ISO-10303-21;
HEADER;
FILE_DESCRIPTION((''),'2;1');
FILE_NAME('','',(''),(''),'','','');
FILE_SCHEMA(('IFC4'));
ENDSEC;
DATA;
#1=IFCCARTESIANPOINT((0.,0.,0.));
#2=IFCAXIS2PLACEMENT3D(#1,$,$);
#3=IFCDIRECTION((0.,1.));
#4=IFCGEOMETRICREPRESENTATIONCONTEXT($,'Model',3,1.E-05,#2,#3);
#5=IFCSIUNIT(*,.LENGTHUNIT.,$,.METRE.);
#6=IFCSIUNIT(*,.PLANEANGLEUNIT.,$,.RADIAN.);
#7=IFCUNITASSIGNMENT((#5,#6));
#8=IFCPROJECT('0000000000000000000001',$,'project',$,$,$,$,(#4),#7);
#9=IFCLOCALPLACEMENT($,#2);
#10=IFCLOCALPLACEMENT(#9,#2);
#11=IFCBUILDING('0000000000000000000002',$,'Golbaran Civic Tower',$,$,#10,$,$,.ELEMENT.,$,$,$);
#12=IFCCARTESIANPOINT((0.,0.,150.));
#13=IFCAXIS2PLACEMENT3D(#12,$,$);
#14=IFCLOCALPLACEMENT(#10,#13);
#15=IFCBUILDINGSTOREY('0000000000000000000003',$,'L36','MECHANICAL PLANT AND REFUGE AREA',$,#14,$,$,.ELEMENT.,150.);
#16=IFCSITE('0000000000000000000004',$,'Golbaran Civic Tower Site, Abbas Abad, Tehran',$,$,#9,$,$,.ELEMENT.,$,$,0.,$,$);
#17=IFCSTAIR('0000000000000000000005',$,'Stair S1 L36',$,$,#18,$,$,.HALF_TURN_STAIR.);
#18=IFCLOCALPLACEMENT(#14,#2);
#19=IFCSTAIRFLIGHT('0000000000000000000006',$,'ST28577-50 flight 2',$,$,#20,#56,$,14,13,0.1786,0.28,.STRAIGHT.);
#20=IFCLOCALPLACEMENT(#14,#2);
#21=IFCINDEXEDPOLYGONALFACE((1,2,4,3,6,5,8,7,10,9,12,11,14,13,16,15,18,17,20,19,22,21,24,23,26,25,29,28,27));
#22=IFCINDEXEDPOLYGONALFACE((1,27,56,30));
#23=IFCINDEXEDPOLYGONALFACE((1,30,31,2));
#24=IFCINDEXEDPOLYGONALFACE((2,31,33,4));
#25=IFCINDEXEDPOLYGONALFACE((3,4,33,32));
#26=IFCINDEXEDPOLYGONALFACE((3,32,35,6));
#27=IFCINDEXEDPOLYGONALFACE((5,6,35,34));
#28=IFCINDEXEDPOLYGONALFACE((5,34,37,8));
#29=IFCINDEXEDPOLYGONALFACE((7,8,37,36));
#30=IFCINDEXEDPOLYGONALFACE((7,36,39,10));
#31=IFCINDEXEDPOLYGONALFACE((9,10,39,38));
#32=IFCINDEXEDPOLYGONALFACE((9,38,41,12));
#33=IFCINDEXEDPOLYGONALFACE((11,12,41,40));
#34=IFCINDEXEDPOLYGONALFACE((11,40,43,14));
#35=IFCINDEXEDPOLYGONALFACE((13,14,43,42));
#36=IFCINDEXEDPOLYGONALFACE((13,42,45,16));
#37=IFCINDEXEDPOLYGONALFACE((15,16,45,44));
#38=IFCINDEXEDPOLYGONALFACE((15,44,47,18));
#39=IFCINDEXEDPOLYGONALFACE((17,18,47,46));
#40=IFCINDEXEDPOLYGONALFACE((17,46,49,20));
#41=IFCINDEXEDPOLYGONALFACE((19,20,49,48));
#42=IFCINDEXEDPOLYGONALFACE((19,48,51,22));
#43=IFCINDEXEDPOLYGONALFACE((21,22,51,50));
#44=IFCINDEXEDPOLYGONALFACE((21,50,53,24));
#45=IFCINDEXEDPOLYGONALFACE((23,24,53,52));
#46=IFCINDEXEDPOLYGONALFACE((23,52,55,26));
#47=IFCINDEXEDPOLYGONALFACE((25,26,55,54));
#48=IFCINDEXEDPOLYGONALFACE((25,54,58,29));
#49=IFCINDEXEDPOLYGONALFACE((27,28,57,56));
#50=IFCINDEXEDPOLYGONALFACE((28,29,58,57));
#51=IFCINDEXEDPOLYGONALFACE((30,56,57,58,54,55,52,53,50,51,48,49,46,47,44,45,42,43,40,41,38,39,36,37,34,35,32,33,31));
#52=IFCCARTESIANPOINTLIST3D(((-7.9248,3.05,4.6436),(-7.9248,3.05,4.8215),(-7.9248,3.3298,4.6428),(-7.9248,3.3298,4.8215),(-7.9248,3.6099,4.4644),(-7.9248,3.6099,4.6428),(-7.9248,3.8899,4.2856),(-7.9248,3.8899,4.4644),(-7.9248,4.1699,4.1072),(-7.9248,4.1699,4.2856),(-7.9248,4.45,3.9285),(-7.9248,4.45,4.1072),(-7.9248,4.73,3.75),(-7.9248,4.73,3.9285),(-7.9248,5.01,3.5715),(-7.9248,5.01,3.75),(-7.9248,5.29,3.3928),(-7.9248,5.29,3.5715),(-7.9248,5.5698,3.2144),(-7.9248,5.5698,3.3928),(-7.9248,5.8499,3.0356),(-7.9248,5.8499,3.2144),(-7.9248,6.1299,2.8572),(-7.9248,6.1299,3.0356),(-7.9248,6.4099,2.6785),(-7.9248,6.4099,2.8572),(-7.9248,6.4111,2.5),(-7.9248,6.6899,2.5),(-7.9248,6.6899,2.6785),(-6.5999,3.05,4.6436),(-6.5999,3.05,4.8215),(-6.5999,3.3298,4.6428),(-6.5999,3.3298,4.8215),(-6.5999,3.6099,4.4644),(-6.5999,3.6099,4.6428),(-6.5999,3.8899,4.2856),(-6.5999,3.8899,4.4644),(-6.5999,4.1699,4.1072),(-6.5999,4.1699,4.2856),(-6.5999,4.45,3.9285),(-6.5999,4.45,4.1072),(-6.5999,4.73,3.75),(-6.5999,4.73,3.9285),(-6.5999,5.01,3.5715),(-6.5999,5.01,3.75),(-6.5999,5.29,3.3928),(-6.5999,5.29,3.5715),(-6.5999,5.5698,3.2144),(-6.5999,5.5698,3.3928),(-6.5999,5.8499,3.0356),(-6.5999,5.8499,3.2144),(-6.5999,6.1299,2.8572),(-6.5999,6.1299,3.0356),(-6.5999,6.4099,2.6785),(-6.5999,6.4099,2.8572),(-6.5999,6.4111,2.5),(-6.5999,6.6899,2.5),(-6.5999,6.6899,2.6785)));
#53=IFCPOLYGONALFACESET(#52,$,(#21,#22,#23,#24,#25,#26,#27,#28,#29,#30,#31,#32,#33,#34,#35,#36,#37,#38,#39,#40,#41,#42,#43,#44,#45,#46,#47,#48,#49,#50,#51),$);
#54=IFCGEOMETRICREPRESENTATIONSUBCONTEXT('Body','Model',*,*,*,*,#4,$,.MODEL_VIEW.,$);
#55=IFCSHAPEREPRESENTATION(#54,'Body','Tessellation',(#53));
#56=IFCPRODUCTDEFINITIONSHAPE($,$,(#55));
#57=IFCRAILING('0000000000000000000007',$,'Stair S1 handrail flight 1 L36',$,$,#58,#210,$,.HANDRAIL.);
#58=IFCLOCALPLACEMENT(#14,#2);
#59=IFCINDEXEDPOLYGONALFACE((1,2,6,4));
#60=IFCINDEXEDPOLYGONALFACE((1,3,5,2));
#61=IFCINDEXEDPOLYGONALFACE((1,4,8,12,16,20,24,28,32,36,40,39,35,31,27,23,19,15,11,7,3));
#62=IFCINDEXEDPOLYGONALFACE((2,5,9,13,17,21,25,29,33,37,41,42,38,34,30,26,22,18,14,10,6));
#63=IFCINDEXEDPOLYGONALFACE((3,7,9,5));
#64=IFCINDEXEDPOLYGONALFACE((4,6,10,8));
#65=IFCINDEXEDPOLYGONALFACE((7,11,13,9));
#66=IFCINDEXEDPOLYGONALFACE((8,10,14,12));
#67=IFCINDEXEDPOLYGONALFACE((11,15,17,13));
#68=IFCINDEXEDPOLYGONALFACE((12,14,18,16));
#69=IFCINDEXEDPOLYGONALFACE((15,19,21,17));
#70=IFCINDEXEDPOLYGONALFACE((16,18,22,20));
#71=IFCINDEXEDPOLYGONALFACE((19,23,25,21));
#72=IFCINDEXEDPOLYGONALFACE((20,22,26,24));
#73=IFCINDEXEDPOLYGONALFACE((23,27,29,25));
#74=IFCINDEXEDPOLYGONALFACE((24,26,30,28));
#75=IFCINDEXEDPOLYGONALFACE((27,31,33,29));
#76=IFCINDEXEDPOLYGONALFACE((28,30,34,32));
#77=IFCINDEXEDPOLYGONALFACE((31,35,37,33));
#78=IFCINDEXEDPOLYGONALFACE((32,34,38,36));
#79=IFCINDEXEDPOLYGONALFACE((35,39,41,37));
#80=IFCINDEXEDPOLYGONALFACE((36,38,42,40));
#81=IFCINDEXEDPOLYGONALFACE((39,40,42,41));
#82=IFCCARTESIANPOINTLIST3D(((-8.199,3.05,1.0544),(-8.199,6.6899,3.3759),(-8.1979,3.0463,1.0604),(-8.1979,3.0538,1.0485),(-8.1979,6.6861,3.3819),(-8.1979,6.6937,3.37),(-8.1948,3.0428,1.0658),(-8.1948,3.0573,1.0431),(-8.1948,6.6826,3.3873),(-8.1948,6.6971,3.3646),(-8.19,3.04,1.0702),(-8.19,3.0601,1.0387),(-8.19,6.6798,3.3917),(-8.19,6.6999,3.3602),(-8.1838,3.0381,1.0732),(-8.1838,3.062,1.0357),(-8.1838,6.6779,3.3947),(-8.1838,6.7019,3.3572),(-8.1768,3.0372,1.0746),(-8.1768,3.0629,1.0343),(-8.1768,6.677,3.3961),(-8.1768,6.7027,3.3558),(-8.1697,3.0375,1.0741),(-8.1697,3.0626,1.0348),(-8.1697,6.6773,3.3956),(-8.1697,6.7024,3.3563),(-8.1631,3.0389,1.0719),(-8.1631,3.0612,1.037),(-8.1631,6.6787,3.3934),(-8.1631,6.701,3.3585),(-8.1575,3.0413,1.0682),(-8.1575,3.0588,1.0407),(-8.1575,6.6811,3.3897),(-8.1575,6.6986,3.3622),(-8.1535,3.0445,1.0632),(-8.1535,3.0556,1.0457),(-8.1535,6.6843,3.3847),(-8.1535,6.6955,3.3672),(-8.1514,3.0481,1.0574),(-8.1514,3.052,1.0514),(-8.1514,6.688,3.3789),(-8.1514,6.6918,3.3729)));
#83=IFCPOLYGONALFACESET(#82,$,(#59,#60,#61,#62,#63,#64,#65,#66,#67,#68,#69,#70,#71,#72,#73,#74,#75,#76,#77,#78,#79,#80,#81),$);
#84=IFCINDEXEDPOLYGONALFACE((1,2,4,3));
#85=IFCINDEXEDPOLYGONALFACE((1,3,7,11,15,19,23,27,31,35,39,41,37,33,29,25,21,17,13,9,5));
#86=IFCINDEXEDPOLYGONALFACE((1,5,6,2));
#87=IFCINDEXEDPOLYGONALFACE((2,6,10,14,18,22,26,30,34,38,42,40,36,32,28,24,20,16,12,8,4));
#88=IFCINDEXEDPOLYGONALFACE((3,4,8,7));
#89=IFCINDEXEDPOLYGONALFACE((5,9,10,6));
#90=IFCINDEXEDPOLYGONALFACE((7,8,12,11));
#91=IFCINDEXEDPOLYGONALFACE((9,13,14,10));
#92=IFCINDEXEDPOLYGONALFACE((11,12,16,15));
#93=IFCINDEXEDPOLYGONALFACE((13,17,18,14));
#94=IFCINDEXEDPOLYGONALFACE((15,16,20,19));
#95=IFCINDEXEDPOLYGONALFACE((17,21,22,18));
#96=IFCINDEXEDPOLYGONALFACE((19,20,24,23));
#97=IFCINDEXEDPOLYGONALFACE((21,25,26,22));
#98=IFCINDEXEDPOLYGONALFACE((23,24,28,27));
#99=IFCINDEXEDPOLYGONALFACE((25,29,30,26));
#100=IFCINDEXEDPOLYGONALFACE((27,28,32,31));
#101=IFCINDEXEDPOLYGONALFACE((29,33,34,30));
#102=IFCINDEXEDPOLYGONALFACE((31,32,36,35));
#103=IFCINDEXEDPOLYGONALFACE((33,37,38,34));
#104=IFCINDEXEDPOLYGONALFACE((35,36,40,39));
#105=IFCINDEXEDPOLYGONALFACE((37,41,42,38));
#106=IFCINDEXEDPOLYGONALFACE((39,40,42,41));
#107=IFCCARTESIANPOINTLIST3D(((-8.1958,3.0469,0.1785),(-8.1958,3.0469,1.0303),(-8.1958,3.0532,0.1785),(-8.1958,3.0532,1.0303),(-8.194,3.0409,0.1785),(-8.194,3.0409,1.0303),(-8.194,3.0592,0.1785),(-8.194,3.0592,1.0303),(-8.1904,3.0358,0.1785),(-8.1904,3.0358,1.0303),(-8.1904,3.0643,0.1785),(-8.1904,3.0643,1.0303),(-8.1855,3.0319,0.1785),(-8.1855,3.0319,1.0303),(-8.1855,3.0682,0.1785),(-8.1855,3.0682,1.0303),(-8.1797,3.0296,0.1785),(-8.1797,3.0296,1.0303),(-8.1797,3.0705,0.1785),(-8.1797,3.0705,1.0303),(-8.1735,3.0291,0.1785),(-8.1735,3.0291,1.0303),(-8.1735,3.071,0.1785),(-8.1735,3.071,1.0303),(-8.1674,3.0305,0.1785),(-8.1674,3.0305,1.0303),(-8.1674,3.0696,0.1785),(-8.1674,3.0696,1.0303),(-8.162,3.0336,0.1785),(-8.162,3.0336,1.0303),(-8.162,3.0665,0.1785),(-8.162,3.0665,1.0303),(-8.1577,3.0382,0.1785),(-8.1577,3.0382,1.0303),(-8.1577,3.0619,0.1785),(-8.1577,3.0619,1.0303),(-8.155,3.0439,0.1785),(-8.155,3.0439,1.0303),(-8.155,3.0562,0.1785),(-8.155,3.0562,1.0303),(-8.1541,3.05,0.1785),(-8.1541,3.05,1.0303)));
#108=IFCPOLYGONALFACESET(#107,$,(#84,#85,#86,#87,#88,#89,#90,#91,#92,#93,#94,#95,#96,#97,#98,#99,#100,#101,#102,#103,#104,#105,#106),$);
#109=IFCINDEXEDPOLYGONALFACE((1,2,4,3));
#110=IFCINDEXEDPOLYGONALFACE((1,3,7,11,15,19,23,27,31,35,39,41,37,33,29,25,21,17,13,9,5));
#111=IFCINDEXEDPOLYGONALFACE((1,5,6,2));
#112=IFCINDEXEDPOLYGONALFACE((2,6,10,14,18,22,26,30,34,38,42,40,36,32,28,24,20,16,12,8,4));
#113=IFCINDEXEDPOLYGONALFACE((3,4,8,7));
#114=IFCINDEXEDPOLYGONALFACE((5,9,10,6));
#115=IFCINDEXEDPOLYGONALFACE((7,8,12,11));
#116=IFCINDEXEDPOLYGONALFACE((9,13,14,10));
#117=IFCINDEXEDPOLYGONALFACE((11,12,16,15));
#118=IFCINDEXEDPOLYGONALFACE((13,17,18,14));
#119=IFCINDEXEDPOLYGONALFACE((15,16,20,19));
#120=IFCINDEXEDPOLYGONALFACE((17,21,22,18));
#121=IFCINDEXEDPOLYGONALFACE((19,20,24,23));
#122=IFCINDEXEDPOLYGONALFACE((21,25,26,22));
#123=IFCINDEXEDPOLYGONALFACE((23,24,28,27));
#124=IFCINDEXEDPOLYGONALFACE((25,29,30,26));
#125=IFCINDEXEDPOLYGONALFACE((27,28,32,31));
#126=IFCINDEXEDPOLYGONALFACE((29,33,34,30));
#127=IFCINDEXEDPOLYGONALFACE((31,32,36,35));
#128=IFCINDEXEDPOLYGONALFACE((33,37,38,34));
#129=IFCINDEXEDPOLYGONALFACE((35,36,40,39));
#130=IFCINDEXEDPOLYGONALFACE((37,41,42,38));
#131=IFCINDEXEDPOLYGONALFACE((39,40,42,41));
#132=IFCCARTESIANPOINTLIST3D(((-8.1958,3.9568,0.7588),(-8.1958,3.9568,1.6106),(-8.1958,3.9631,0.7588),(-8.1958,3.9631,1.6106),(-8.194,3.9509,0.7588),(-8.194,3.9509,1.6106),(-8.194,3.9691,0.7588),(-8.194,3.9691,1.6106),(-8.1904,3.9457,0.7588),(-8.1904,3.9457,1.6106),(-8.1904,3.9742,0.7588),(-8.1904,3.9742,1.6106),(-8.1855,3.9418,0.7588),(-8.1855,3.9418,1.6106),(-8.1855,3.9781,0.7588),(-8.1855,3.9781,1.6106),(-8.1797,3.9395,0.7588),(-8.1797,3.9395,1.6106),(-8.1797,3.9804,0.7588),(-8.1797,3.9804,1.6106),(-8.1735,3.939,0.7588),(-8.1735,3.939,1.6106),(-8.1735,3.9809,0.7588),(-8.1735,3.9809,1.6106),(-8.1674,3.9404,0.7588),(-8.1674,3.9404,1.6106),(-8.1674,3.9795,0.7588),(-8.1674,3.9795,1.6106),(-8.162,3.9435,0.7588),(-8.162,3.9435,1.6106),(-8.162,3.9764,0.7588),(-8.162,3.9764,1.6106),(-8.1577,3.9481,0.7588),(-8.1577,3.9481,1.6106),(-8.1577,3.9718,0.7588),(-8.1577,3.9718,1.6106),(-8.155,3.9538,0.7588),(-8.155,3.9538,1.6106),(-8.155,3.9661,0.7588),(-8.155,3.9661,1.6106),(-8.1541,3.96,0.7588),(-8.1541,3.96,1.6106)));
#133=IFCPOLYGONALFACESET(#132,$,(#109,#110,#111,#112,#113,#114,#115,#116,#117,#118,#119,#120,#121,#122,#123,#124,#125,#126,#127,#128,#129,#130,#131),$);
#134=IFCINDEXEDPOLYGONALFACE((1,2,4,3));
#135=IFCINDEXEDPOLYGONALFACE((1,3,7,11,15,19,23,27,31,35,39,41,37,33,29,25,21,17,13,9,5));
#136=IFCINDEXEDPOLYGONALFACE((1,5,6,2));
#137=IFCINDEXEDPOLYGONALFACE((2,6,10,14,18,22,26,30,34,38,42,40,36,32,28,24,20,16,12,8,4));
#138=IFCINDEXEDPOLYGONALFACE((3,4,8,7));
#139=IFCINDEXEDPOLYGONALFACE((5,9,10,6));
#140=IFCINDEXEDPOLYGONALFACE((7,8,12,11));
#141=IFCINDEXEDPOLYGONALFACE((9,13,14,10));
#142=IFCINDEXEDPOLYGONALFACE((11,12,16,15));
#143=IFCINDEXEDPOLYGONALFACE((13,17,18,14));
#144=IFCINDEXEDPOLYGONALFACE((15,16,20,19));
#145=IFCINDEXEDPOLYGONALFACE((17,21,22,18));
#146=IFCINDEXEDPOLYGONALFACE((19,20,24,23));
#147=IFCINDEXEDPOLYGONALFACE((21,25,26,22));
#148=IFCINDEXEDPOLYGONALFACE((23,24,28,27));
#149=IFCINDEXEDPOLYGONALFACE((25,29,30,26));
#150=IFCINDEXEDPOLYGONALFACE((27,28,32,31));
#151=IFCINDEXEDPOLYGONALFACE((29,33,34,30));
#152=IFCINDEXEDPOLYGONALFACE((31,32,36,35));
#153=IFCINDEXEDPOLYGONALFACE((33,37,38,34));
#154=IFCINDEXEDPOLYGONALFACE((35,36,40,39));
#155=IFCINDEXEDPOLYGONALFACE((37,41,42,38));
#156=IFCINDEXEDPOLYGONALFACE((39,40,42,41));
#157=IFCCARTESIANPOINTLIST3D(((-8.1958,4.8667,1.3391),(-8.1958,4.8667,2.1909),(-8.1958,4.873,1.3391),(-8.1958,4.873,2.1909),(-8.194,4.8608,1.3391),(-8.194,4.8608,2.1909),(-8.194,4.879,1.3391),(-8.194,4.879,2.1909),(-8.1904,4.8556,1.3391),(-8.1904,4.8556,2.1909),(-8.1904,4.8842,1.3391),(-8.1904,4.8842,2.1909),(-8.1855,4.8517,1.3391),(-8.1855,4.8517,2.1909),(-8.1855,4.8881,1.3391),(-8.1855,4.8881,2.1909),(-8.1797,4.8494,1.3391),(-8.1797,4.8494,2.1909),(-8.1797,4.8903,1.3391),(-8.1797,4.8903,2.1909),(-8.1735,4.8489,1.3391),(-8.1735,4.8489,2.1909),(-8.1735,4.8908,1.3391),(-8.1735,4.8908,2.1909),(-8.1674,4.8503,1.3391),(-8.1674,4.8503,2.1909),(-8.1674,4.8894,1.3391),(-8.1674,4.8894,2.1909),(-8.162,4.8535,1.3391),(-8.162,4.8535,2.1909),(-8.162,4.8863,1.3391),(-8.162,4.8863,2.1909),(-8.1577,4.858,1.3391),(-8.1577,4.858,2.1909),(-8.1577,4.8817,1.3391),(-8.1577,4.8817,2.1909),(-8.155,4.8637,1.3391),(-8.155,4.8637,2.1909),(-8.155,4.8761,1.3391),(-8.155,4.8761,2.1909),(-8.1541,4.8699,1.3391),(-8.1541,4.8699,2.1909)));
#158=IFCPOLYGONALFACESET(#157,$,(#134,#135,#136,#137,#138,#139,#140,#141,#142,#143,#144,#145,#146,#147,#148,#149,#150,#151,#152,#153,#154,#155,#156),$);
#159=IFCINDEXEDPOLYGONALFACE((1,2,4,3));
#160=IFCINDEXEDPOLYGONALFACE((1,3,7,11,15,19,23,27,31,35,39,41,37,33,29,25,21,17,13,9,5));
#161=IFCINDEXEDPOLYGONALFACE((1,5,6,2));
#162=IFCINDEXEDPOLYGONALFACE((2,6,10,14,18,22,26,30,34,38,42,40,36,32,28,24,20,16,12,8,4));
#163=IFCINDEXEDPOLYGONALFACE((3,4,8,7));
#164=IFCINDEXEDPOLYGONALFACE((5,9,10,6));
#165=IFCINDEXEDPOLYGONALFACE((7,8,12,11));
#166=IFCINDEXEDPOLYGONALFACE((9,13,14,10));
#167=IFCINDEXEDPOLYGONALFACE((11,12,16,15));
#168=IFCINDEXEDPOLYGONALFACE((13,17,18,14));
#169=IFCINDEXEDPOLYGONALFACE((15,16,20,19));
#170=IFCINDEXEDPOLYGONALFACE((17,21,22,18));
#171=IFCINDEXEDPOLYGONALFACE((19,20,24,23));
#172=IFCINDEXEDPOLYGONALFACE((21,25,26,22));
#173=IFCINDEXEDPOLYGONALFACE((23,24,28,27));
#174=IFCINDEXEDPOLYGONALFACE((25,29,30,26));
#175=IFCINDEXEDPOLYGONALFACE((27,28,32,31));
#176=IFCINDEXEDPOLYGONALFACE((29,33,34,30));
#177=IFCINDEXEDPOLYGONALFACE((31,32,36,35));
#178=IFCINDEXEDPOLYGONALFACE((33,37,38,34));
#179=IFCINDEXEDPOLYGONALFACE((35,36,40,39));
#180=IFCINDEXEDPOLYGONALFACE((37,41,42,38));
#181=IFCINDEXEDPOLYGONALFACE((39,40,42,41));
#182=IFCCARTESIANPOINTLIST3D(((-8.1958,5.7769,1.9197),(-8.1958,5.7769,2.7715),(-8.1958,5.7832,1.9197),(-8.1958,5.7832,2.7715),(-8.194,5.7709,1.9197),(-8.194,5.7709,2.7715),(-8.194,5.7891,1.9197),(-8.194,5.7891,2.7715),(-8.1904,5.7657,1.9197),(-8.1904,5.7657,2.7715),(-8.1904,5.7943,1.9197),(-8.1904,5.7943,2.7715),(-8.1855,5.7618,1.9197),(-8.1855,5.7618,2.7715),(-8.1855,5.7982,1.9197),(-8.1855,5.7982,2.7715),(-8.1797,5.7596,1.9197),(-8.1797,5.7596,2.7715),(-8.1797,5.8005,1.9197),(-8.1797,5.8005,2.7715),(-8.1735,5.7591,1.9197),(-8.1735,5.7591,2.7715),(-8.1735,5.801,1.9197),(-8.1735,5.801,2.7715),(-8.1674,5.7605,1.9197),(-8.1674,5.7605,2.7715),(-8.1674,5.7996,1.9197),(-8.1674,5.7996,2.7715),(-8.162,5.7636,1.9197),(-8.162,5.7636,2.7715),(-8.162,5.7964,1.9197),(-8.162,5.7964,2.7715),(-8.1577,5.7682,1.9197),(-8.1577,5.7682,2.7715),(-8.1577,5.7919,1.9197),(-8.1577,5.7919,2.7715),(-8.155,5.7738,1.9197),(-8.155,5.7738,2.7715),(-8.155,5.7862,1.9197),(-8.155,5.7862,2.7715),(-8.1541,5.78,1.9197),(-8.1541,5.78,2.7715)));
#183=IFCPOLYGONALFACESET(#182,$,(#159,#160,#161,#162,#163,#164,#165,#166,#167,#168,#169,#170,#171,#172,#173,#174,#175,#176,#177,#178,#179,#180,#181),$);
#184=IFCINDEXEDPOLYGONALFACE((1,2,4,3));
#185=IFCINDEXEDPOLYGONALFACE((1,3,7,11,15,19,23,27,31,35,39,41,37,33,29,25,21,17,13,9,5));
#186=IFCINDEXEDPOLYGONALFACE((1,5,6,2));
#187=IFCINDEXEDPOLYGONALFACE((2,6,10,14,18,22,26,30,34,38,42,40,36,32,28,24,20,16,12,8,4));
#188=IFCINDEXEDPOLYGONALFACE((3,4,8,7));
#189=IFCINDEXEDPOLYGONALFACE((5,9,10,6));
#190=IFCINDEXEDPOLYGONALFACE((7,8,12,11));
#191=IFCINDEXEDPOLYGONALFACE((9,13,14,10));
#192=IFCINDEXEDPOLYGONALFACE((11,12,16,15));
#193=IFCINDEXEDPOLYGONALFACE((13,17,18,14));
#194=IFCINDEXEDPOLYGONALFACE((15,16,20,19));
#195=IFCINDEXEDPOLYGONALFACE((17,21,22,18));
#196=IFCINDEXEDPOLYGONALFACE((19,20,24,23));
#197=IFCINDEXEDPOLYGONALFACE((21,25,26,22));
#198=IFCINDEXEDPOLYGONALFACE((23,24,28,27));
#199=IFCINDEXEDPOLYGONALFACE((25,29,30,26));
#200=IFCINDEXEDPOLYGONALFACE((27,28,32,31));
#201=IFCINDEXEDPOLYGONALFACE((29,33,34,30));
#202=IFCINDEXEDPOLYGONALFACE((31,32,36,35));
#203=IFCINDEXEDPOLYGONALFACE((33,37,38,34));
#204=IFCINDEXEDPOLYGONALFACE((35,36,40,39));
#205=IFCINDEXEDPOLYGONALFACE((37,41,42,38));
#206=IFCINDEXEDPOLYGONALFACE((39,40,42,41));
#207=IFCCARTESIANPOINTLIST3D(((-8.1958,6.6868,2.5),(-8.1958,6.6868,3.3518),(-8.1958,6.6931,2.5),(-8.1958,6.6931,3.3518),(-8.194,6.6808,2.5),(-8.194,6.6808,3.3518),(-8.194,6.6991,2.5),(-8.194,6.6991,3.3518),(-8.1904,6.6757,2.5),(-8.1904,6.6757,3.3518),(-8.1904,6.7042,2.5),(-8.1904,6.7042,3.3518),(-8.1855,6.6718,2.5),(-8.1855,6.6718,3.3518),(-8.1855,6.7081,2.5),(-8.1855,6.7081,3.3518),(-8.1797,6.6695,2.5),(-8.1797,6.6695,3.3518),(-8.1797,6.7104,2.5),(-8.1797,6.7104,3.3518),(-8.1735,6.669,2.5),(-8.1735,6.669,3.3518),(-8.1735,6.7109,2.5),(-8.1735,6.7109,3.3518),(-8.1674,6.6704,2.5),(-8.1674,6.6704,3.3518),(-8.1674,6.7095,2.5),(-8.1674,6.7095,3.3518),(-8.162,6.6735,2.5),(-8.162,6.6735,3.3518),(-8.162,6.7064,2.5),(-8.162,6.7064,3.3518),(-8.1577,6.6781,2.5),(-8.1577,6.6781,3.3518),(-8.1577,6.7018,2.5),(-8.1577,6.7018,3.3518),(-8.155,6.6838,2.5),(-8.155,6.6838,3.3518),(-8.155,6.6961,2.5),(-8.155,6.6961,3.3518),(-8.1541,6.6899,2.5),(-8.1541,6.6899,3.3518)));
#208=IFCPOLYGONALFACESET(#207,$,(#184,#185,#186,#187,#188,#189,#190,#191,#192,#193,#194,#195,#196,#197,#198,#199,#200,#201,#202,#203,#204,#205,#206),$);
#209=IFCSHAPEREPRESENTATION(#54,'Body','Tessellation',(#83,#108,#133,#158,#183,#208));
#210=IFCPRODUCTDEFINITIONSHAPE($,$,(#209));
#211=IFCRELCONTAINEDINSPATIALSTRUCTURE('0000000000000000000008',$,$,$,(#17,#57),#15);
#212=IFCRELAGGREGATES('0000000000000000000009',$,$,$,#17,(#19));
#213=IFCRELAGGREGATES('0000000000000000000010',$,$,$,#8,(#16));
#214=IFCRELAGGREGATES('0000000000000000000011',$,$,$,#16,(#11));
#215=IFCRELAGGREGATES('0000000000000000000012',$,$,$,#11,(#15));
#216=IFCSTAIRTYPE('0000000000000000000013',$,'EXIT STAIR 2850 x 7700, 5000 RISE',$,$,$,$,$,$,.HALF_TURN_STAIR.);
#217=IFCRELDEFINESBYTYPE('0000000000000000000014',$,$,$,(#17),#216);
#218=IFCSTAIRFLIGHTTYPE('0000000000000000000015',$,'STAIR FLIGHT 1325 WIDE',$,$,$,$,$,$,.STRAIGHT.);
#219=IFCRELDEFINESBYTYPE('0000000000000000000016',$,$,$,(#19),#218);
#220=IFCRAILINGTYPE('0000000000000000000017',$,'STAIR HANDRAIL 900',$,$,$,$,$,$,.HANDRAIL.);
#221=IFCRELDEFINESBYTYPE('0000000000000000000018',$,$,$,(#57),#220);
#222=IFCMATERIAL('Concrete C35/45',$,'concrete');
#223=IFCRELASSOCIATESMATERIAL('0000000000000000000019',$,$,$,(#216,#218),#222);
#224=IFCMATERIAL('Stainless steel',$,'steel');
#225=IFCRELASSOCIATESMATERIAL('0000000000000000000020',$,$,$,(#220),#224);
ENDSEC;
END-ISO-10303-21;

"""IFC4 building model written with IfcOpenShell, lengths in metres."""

from ifc_helpers import new_model, si_unit, direction, frame, origin, origin_2d, place, context, subcontext, project, spatial, polyline, circle, outline, extrude, material, type_object, element, aggregate, save


model = new_model("IFC4")

# Units and contexts
model_context = context("Model", 3, precision=1e-05, world=origin(), true_north=direction((0.0, 1.0)))
body_context = subcontext(model_context, "Body", "Model", "MODEL_VIEW")
ifc_project = project(units=[si_unit("LENGTHUNIT", "METRE"), si_unit("PLANEANGLEUNIT", "RADIAN")], contexts=[model_context])

# Site, building, storey
site_placement = place(None, origin())
site = spatial("IfcSite", under=ifc_project, at=site_placement, Name="Golbaran Civic Tower Site, Abbas Abad, Tehran", CompositionType="ELEMENT", RefElevation=0.0)
building_placement = place(site_placement, origin())
building = spatial("IfcBuilding", under=site, at=building_placement, Name="Golbaran Civic Tower", CompositionType="ELEMENT")
storey_placement = place(building_placement, frame((0.0, 0.0, 150.0)))
storey = spatial("IfcBuildingStorey", under=building, at=storey_placement, Name="L36", Description="MECHANICAL PLANT AND REFUGE AREA", CompositionType="ELEMENT", Elevation=150.0)

# Stair, stair flight
ifc_material_1 = material(Name="Concrete C35/45", Category="concrete")
stair_type = type_object("IfcStairType", Name="EXIT STAIR 2850 x 7700, 5000 RISE", PredefinedType="HALF_TURN_STAIR", material=ifc_material_1)
stair_placement = place(storey_placement, origin())
stair = element("IfcStair", 1, at=stair_placement, inside=storey, type_object=stair_type, Name="Stair S1 L36", PredefinedType="HALF_TURN_STAIR")
stair_flight_type = type_object("IfcStairFlightType", Name="STAIR FLIGHT 1325 WIDE", PredefinedType="STRAIGHT", material=ifc_material_1)
stair_flight_1_placement = place(storey_placement, frame((-7.2625, 6.6899, 2.5), z_axis=(0.0, 0.0, 1.0), x_axis=(0.0, -1.0, 0.0)))
stair_flight_1 = element("IfcStairFlight", 2, at=stair_flight_1_placement, type_object=stair_flight_type, Name="ST28577-50 flight 2", NumberOfRisers=14, NumberOfTreads=13, PredefinedType="STRAIGHT", RiserHeight=0.1786, TreadLength=0.28, context=body_context, shape_type="SweptSolid", body=[
    extrude(outline(polyline([(0.0, 0.0), (0.0, 0.1785), (0.28, 0.1785), (0.28, 0.3572), (0.5601, 0.3572), (0.5601, 0.5356), (0.8401, 0.5356), (0.8401, 0.7144), (1.1201, 0.7144), (1.1201, 0.8928), (1.3999, 0.8928), (1.3999, 1.0715), (1.6799, 1.0715), (1.6799, 1.25), (1.96, 1.25), (1.96, 1.4285), (2.24, 1.4285), (2.24, 1.6072), (2.52, 1.6072), (2.52, 1.7856), (2.8, 1.7856), (2.8, 1.9644), (3.0801, 1.9644), (3.0801, 2.1428), (3.3601, 2.1428), (3.3601, 2.3215), (3.6399, 2.3215), (3.6399, 2.5), (3.6399, 2.1436), (0.2788, 0.0), (0.0, 0.0)])), frame((0.0, 0.6626, 0.0), z_axis=(0.0, -1.0, 0.0), x_axis=(1.0, 0.0, 0.0)), (0.0, 0.0, 1.0), 1.325),
])
aggregate(stair, [stair_flight_1])

# Railing
ifc_material_2 = material(Name="Stainless steel", Category="steel")
railing_type = type_object("IfcRailingType", Name="STAIR HANDRAIL 900", PredefinedType="HANDRAIL", material=ifc_material_2)
railing_1_placement = place(storey_placement, frame((-8.175, 3.05, 0.1785)))
element("IfcRailing", 3, at=railing_1_placement, inside=storey, type_object=railing_type, Name="Stair S1 handrail flight 1 L36", PredefinedType="HANDRAIL", context=body_context, shape_type="SweptSolid", body=[
    extrude(circle(Radius=0.0239, at=origin_2d()), frame((0.0, 0.0, 0.876), z_axis=(0.0, 0.843112, 0.537739), x_axis=(-1.0, 0.0, 0.0)), (0.0, 0.0, 1.0), 4.3171),
    extrude(circle(Radius=0.021, at=origin_2d()), origin(), (0.0, 0.0, 1.0), 0.8518),
    extrude(circle(Radius=0.021, at=origin_2d()), frame((0.0, 0.9099, 0.5803)), (0.0, 0.0, 1.0), 0.8518),
    extrude(circle(Radius=0.021, at=origin_2d()), frame((0.0, 1.8198, 1.1606)), (0.0, 0.0, 1.0), 0.8518),
    extrude(circle(Radius=0.021, at=origin_2d()), frame((0.0, 2.73, 1.7412)), (0.0, 0.0, 1.0), 0.8518),
    extrude(circle(Radius=0.021, at=origin_2d()), frame((0.0, 3.6399, 2.3215)), (0.0, 0.0, 1.0), 0.8518),
])

save(model, "model.ifc")
